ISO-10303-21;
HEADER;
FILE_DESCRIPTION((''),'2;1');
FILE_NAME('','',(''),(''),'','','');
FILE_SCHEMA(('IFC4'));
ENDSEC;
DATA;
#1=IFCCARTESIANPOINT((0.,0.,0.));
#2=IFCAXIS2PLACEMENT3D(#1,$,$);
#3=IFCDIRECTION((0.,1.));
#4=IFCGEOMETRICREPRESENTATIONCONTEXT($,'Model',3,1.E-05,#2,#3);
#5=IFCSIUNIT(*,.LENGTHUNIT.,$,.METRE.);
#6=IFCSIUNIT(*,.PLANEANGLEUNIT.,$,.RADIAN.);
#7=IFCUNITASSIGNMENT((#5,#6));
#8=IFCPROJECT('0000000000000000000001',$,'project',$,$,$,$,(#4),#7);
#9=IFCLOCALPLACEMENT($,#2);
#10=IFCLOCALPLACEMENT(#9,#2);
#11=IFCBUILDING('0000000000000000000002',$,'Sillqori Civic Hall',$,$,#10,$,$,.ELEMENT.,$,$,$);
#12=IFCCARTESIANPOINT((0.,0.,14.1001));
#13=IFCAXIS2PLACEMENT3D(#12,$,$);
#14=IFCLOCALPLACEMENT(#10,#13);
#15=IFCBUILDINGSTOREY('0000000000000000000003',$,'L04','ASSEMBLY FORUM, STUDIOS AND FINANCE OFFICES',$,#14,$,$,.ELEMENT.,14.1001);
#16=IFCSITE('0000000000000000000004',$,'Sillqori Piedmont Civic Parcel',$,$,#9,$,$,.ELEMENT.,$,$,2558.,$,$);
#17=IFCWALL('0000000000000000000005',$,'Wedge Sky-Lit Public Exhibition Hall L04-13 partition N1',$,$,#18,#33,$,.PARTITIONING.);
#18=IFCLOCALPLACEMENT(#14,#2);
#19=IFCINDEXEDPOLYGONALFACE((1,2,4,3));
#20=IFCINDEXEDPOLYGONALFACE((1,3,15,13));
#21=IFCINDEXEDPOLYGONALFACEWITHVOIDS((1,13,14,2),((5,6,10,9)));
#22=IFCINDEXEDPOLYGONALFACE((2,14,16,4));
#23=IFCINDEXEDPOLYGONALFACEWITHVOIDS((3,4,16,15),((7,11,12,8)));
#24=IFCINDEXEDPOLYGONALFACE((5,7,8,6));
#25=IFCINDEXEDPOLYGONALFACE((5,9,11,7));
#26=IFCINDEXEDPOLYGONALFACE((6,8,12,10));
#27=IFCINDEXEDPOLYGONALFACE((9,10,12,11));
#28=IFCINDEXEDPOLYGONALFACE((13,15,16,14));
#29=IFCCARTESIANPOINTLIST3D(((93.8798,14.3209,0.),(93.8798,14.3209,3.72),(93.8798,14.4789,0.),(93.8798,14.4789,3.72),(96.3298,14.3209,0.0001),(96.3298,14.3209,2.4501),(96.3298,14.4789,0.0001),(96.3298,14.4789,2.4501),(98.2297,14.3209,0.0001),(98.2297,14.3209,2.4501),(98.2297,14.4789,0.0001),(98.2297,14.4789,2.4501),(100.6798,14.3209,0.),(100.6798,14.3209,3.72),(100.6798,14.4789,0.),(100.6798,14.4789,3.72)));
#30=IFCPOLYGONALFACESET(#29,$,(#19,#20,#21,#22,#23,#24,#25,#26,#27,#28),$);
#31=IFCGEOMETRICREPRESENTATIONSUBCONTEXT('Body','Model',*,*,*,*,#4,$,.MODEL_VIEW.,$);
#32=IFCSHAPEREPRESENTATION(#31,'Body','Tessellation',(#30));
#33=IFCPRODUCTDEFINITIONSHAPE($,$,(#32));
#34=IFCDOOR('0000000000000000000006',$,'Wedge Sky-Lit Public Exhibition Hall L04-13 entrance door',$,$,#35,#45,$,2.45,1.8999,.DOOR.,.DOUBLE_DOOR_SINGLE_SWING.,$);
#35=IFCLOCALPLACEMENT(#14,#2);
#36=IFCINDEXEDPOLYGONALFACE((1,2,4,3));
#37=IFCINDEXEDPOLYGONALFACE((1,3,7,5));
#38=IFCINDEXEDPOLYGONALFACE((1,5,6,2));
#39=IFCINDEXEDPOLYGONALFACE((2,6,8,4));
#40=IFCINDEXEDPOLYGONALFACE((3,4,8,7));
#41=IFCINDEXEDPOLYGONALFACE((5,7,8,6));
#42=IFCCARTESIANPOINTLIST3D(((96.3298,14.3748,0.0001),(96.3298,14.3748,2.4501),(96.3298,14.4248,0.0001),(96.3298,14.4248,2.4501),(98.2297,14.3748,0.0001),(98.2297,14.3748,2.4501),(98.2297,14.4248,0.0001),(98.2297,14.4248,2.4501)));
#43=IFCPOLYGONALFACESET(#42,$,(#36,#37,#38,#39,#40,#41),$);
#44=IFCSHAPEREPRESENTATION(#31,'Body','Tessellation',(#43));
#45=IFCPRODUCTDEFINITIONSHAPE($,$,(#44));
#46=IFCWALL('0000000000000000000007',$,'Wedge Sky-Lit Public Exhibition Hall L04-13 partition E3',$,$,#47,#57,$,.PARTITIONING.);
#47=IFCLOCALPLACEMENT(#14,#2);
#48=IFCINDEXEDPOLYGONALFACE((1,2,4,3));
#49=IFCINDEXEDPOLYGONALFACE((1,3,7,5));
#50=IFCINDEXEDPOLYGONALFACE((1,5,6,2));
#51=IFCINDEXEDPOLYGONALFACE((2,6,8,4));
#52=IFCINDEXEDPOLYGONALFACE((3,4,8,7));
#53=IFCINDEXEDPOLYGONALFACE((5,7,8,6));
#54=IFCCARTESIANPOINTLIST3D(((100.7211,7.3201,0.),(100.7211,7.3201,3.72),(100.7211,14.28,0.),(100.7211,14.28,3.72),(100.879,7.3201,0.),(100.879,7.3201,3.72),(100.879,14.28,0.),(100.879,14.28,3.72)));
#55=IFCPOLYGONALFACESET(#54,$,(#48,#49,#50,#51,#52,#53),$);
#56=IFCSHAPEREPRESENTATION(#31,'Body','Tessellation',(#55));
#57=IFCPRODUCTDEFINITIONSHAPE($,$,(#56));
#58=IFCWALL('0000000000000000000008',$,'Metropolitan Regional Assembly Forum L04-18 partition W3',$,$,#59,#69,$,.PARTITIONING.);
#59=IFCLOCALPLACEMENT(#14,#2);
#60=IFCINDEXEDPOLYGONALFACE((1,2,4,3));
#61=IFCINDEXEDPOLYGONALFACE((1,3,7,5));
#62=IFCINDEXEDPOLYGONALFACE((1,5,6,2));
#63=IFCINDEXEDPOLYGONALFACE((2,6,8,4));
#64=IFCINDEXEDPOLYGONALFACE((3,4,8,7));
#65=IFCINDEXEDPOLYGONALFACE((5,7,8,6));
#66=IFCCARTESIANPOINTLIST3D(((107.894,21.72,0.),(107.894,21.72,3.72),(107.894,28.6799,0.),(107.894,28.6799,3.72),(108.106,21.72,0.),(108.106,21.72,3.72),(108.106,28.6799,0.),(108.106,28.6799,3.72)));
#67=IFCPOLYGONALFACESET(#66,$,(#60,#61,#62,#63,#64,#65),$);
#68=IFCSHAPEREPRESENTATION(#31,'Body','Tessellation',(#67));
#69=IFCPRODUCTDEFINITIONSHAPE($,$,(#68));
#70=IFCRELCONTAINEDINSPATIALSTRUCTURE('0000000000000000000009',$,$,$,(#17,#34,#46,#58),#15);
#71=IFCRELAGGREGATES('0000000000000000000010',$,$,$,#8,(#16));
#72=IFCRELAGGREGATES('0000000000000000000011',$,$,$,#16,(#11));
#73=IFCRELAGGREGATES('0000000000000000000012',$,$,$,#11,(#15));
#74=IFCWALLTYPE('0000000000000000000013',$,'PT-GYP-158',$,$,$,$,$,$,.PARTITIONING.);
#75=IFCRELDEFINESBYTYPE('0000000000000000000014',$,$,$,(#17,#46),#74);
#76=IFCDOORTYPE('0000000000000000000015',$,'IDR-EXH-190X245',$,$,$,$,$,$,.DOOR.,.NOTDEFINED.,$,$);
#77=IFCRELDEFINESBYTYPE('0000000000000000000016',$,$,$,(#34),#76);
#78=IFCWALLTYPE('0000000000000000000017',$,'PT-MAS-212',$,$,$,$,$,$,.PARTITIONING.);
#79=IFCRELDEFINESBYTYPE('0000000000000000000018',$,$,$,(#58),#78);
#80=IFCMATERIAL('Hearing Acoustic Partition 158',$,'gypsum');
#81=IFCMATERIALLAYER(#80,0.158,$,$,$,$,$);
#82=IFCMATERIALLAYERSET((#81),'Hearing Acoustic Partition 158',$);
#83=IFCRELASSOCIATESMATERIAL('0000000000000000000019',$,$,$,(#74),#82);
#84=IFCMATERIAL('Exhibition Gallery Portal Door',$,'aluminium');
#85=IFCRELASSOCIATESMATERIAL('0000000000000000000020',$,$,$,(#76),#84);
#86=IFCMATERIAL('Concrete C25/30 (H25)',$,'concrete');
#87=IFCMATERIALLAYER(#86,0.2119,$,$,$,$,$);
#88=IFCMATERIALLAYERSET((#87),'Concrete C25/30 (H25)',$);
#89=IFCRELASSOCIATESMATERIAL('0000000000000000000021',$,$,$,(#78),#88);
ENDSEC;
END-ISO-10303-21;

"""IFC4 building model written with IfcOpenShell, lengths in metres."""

from ifc_helpers import new_model, si_unit, direction, frame, frame_2d, origin, place, context, subcontext, project, spatial, rectangle, extrude, material, layer, layer_set, type_object, element, fill, save


model = new_model("IFC4")

# Units and contexts
model_context = context("Model", 3, precision=1e-05, world=origin(), true_north=direction((0.0, 1.0)))
body_context = subcontext(model_context, "Body", "Model", "MODEL_VIEW")
ifc_project = project(units=[si_unit("LENGTHUNIT", "METRE"), si_unit("PLANEANGLEUNIT", "RADIAN")], contexts=[model_context])

# Site, building, storey
site_placement = place(None, origin())
site = spatial("IfcSite", under=ifc_project, at=site_placement, Name="Sillqori Piedmont Civic Parcel", CompositionType="ELEMENT", RefElevation=2558.0)
building_placement = place(site_placement, origin())
building = spatial("IfcBuilding", under=site, at=building_placement, Name="Sillqori Civic Hall", CompositionType="ELEMENT")
storey_placement = place(building_placement, frame((0.0, 0.0, 14.1001)))
storey = spatial("IfcBuildingStorey", under=building, at=storey_placement, Name="L04", Description="ASSEMBLY FORUM, STUDIOS AND FINANCE OFFICES", CompositionType="ELEMENT", Elevation=14.1001)

# Wall, opening, door
ifc_material_1 = material(Name="Hearing Acoustic Partition 158", Category="gypsum")
ifc_layer_1 = layer(ifc_material_1, 0.158)
ifc_layer_set_1 = layer_set([ifc_layer_1], Name="Hearing Acoustic Partition 158")
wall_type_1 = type_object("IfcWallType", Name="PT-GYP-158", PredefinedType="PARTITIONING", material=ifc_layer_set_1)
wall_1_placement = place(storey_placement, frame((93.8799, 14.3999, 0.0), z_axis=(0.0, 0.0, 1.0), x_axis=(1.0, 0.0, 0.0)))
wall_1 = element("IfcWall", 1, at=wall_1_placement, inside=storey, type_object=wall_type_1, Name="Wedge Sky-Lit Public Exhibition Hall L04-13 partition N1", PredefinedType="PARTITIONING", context=body_context, shape_type="SweptSolid", body=[
    extrude(rectangle(XDim=6.8, YDim=0.158, at=frame_2d((3.3999, 0.0))), origin(), (0.0, 0.0, 1.0), 3.72),
])
opening_1_placement = place(wall_1_placement, frame((2.45, 0.0, 0.0)))
opening_1 = element("IfcOpeningElement", 2, at=opening_1_placement, cuts=wall_1, PredefinedType="OPENING", context=body_context, shape_type="SweptSolid", body=[
    extrude(rectangle(XDim=1.8999, YDim=2.45, at=frame_2d((0.95, 1.2251))), frame((0.0, 0.0889, 0.0), z_axis=(0.0, -1.0, 0.0), x_axis=(1.0, 0.0, 0.0)), (0.0, 0.0, 1.0), 0.178),
])
ifc_material_2 = material(Name="Exhibition Gallery Portal Door", Category="aluminium")
door_type_1 = type_object("IfcDoorType", Name="IDR-EXH-190X245", OperationType="NOTDEFINED", PredefinedType="DOOR", material=ifc_material_2)
door_1_placement = place(opening_1_placement, origin())
door_1 = element("IfcDoor", 3, at=door_1_placement, inside=storey, type_object=door_type_1, Name="Wedge Sky-Lit Public Exhibition Hall L04-13 entrance door", OperationType="DOUBLE_DOOR_SINGLE_SWING", OverallHeight=2.45, OverallWidth=1.8999, PredefinedType="DOOR", context=body_context, shape_type="SweptSolid", body=[
    extrude(rectangle(XDim=1.8999, YDim=2.45, at=frame_2d((0.95, 1.2251))), frame((0.0, 0.0249, 0.0), z_axis=(0.0, -1.0, 0.0), x_axis=(1.0, 0.0, 0.0)), (0.0, 0.0, 1.0), 0.05),
])
fill(opening_1, door_1)

# Wall
wall_2_placement = place(storey_placement, frame((100.8, 14.28, 0.0), z_axis=(0.0, 0.0, 1.0), x_axis=(0.0, -1.0, 0.0)))
element("IfcWall", 4, at=wall_2_placement, inside=storey, type_object=wall_type_1, Name="Wedge Sky-Lit Public Exhibition Hall L04-13 partition E3", PredefinedType="PARTITIONING", context=body_context, shape_type="SweptSolid", body=[
    extrude(rectangle(XDim=6.96, YDim=0.158, at=frame_2d((3.48, 0.0))), origin(), (0.0, 0.0, 1.0), 3.72),
])

# Shared definitions
ifc_material_3 = material(Name="Concrete C25/30 (H25)", Category="concrete")

# Wall
ifc_layer_2 = layer(ifc_material_3, 0.2119)
ifc_layer_set_2 = layer_set([ifc_layer_2], Name="Concrete C25/30 (H25)")
wall_type_2 = type_object("IfcWallType", Name="PT-MAS-212", PredefinedType="PARTITIONING", material=ifc_layer_set_2)
wall_3_placement = place(storey_placement, frame((108.0, 21.72, 0.0), z_axis=(0.0, 0.0, 1.0), x_axis=(0.0, 1.0, 0.0)))
element("IfcWall", 5, at=wall_3_placement, inside=storey, type_object=wall_type_2, Name="Metropolitan Regional Assembly Forum L04-18 partition W3", PredefinedType="PARTITIONING", context=body_context, shape_type="SweptSolid", body=[
    extrude(rectangle(XDim=6.96, YDim=0.2119, at=frame_2d((3.48, 0.0))), origin(), (0.0, 0.0, 1.0), 3.72),
])

save(model, "model.ifc")
